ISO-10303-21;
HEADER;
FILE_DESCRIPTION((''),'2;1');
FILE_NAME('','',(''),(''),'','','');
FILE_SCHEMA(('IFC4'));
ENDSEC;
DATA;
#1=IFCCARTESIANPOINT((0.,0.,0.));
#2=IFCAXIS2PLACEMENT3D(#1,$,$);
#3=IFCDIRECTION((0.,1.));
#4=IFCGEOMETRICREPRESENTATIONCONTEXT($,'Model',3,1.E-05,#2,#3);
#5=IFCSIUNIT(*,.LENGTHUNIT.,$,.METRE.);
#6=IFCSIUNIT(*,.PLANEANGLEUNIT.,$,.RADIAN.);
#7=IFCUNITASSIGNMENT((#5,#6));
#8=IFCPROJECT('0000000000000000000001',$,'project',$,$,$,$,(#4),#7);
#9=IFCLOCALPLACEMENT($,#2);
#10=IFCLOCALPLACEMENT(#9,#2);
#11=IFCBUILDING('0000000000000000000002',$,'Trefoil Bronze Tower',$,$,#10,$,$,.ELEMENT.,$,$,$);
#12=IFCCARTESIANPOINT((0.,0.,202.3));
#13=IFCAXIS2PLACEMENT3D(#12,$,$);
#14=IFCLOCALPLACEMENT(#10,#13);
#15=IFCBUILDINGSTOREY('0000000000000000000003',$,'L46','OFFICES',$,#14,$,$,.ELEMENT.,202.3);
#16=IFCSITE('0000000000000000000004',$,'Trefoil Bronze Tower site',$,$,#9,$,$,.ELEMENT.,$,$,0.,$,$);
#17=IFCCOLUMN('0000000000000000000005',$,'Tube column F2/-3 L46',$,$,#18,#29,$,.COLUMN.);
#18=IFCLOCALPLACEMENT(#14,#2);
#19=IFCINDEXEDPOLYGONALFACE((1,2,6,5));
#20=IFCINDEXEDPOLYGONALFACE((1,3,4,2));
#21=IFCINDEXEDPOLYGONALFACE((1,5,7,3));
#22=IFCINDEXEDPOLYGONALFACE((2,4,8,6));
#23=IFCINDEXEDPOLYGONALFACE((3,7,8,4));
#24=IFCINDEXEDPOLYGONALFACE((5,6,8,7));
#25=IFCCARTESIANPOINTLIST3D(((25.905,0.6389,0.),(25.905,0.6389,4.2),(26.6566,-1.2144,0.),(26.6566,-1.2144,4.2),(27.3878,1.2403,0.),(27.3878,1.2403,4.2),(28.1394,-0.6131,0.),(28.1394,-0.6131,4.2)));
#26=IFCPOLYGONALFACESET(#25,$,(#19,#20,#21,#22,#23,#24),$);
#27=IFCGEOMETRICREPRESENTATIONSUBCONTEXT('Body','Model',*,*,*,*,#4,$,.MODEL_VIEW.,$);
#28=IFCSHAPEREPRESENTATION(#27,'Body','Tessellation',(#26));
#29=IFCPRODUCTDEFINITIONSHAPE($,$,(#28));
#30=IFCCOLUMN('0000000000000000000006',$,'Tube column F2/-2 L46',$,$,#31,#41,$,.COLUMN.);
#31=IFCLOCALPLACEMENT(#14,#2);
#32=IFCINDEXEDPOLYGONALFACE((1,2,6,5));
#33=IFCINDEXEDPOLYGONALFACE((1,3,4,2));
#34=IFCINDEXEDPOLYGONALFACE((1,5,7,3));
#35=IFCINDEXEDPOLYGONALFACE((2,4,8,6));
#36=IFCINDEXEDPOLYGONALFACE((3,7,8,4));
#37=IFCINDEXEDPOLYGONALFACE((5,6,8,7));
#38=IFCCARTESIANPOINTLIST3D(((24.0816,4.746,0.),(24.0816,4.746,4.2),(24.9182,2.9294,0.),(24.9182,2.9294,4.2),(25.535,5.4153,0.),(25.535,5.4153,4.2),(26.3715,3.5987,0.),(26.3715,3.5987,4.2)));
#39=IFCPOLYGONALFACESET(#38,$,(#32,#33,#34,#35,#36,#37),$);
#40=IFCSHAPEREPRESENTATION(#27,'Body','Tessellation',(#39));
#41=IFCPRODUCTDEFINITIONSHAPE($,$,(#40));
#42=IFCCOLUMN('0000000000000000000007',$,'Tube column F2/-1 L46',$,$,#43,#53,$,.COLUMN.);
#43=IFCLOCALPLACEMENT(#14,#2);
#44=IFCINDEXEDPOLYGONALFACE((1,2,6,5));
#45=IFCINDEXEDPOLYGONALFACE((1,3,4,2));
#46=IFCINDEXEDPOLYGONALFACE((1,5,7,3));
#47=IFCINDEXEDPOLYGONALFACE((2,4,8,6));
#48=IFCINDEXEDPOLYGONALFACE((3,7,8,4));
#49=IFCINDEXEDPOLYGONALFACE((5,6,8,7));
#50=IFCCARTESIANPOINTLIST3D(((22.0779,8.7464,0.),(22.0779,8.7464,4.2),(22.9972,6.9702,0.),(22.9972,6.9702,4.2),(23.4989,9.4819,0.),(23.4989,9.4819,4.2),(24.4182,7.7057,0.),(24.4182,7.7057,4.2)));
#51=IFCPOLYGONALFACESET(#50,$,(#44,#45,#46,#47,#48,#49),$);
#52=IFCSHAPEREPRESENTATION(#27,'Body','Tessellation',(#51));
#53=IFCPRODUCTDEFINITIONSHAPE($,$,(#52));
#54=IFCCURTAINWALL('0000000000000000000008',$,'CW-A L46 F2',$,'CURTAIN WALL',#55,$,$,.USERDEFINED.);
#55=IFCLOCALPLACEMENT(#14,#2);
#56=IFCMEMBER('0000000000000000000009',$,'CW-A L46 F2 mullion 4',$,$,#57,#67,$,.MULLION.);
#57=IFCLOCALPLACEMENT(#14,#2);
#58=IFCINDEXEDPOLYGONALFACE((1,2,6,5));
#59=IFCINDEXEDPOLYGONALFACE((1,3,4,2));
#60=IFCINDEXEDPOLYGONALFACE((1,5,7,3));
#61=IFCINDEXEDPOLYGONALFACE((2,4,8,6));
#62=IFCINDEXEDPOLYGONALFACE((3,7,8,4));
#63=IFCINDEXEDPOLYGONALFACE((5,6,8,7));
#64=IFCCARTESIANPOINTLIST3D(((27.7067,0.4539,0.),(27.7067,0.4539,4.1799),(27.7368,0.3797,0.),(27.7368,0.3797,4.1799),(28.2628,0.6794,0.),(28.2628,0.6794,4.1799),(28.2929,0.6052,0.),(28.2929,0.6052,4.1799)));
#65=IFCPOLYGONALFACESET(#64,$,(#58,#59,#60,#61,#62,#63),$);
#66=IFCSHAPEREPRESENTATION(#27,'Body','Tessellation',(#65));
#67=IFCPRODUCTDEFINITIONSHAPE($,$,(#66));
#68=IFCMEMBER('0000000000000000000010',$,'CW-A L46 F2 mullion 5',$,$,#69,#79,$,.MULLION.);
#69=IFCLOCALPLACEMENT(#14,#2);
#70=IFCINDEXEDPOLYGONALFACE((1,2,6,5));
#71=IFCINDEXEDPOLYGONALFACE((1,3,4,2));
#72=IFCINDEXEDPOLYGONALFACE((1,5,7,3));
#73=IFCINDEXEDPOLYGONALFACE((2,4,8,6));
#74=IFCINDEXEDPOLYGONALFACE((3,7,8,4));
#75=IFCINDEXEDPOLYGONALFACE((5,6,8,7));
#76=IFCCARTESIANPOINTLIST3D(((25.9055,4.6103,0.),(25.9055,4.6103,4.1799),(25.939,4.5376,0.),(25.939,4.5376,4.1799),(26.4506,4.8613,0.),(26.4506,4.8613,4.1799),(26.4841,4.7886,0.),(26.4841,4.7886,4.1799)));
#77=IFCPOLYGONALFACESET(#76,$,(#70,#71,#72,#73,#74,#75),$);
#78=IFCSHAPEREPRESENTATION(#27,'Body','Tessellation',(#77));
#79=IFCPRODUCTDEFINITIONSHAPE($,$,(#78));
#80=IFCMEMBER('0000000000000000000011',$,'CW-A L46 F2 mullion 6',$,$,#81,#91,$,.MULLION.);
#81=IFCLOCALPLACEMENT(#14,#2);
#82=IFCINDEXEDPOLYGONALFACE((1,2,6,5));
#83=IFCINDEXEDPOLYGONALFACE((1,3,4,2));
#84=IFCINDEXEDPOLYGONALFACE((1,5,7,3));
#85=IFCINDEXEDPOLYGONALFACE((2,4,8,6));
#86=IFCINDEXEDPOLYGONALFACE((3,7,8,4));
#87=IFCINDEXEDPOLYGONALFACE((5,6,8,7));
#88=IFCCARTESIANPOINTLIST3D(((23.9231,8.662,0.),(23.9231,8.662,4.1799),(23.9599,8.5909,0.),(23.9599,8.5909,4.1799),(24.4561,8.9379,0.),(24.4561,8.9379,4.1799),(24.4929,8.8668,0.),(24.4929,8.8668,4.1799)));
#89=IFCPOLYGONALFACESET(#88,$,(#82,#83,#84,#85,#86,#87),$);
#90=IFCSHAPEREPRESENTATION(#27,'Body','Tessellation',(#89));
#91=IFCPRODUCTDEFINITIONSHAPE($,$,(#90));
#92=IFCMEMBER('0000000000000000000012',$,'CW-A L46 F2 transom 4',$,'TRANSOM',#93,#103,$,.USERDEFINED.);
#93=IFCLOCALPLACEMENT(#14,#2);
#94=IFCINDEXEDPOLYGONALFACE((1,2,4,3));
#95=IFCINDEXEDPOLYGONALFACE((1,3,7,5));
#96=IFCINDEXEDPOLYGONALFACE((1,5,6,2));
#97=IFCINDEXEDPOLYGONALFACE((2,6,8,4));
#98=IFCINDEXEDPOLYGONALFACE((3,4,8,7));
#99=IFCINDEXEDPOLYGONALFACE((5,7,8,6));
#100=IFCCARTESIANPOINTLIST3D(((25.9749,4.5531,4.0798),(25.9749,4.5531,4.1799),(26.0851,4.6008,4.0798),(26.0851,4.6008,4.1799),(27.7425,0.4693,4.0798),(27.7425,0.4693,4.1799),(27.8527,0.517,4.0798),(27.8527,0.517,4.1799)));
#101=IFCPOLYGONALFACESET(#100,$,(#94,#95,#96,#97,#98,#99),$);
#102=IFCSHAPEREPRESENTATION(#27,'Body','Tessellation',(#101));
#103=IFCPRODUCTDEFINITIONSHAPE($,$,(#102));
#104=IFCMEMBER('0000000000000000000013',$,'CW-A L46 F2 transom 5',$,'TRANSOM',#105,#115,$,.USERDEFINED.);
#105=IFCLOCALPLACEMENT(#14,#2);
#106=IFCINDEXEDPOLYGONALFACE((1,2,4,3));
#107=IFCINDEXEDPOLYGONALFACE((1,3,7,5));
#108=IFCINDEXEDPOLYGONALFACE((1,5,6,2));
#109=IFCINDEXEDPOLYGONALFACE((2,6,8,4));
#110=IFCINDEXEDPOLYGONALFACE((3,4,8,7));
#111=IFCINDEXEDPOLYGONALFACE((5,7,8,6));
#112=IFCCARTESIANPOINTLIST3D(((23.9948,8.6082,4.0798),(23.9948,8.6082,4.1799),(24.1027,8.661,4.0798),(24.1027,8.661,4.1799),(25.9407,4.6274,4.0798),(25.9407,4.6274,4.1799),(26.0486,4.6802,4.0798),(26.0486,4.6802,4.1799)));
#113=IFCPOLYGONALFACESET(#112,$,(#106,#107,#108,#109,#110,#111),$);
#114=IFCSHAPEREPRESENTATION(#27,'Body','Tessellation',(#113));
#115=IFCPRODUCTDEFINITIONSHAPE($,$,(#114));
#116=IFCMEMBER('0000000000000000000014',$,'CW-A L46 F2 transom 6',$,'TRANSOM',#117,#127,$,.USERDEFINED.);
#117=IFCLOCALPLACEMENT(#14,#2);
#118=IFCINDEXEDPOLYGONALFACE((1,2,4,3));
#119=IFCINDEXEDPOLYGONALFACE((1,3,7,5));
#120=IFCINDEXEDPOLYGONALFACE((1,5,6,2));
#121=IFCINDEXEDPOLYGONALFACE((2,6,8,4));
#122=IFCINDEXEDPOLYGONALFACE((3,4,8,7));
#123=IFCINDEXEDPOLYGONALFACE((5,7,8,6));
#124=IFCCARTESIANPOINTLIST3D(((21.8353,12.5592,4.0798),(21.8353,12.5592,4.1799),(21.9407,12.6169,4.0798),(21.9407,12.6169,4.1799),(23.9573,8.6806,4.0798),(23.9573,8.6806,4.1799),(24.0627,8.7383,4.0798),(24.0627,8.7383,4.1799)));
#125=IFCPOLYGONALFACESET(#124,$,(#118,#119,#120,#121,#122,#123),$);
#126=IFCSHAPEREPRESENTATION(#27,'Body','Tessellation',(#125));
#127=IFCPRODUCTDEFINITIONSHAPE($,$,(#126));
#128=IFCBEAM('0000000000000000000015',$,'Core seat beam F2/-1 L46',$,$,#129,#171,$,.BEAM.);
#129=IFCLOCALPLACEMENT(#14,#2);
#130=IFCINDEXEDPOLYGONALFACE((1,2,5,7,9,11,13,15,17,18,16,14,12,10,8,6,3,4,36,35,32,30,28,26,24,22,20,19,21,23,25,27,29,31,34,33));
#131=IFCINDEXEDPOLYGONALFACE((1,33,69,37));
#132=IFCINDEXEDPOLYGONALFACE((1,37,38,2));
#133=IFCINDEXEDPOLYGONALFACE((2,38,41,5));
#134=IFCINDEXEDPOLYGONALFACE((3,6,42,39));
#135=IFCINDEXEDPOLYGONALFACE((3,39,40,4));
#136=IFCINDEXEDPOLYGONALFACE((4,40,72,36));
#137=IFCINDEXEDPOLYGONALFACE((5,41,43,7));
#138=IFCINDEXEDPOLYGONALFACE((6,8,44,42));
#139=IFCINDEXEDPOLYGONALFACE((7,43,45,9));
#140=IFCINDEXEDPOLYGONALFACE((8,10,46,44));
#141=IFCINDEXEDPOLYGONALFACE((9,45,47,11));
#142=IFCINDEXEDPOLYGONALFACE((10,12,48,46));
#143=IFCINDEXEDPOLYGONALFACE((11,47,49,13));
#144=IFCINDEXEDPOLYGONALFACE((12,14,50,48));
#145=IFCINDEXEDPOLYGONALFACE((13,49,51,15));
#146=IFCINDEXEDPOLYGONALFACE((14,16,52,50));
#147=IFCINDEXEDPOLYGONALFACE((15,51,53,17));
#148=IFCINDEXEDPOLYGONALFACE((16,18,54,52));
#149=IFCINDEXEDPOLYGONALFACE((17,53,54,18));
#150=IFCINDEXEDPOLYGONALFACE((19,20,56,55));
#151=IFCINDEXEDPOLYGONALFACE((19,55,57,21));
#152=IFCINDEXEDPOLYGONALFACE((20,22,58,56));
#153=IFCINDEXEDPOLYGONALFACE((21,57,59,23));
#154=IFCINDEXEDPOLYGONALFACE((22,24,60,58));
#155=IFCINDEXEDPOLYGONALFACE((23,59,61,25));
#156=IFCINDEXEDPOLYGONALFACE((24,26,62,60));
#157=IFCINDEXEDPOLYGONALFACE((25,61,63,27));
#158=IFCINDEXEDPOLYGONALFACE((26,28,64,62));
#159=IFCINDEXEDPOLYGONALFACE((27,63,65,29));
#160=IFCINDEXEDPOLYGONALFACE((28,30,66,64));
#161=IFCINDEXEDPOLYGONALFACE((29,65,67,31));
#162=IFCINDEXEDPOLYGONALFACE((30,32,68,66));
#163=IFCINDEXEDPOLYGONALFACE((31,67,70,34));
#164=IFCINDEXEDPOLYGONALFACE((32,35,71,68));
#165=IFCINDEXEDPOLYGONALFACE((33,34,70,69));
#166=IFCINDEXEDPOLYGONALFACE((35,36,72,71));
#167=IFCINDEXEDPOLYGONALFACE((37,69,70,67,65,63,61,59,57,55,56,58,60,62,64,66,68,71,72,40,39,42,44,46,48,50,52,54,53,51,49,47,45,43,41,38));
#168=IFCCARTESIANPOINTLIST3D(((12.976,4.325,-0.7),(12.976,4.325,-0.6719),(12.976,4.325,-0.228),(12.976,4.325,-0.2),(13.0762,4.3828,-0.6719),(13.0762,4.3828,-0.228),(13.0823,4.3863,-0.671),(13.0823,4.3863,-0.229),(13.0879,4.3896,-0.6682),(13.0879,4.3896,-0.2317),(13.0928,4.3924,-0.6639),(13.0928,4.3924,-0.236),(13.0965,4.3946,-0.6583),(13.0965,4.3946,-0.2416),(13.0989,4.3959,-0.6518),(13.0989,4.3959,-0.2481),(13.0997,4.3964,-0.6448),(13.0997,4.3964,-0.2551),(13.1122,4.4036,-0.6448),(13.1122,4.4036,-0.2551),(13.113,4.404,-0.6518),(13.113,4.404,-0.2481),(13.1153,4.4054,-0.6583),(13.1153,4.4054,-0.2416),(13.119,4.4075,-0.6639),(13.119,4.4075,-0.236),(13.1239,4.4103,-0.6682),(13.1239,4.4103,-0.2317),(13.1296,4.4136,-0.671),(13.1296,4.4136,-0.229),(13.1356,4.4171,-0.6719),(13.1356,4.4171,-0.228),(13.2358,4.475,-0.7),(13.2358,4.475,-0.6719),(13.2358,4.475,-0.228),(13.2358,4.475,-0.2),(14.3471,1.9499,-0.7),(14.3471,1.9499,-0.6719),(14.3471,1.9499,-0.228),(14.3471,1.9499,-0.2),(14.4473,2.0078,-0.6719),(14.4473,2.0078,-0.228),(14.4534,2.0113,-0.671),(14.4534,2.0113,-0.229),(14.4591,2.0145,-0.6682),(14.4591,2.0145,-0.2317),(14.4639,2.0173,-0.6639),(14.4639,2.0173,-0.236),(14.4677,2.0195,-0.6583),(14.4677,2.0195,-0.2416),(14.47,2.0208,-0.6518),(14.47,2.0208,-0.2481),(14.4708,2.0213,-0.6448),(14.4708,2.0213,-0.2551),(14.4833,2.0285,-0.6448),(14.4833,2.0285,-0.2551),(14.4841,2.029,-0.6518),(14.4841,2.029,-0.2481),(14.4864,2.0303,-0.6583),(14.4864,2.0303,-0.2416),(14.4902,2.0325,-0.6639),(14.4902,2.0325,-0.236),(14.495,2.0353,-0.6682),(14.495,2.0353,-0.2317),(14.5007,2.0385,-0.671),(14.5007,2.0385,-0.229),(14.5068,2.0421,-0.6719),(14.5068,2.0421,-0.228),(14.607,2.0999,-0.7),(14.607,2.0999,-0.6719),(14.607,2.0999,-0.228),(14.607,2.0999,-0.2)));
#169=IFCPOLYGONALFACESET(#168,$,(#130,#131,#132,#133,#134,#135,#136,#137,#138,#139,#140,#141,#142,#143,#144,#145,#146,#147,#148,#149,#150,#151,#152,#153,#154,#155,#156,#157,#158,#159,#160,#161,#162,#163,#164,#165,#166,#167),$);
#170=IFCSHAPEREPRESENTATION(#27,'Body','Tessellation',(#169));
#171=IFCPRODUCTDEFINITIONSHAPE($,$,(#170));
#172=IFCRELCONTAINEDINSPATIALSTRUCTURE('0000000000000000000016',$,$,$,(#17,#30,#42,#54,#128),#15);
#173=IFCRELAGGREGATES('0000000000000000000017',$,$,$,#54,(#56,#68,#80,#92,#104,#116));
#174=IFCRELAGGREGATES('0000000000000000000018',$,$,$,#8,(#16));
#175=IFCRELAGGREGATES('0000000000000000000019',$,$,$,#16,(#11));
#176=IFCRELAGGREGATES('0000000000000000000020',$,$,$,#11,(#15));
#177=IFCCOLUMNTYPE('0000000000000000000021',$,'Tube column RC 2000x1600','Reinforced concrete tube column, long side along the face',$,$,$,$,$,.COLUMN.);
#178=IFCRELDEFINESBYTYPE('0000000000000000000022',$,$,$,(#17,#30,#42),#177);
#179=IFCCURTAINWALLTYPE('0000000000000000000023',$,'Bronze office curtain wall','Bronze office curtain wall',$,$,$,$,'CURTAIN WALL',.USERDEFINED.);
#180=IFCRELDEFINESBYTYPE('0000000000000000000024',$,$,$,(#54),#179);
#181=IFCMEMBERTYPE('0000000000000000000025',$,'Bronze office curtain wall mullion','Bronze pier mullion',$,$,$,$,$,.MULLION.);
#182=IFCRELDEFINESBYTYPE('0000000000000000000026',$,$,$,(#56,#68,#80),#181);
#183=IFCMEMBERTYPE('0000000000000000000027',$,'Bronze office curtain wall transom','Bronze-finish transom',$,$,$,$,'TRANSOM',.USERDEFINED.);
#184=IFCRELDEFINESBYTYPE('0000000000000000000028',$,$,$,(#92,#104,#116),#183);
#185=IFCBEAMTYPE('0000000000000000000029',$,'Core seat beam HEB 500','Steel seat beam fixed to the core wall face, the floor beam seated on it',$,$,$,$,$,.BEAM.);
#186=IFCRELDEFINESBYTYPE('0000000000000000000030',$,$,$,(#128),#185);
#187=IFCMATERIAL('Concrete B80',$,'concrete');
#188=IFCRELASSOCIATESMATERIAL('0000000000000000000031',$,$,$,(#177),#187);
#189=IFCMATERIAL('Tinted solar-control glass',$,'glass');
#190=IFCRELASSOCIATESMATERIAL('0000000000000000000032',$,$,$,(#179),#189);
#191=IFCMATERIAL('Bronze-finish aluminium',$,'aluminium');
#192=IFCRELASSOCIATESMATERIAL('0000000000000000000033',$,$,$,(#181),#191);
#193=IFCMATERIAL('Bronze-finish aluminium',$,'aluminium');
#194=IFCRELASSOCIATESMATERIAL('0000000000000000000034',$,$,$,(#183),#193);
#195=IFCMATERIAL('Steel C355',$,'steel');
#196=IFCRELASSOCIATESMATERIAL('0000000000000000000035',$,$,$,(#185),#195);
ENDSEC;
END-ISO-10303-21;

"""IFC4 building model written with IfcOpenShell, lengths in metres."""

from ifc_helpers import new_model, si_unit, direction, frame, origin, origin_2d, place, context, subcontext, project, spatial, rectangle, i_section, extrude, material, material_profile, profile_set, type_object, element, aggregate, save


model = new_model("IFC4")

# Units and contexts
model_context = context("Model", 3, precision=1e-05, world=origin(), true_north=direction((0.0, 1.0)))
body_context = subcontext(model_context, "Body", "Model", "MODEL_VIEW")
ifc_project = project(units=[si_unit("LENGTHUNIT", "METRE"), si_unit("PLANEANGLEUNIT", "RADIAN")], contexts=[model_context])

# Site, building, storey
site_placement = place(None, origin())
site = spatial("IfcSite", under=ifc_project, at=site_placement, Name="Trefoil Bronze Tower site", CompositionType="ELEMENT", RefElevation=0.0)
building_placement = place(site_placement, origin())
building = spatial("IfcBuilding", under=site, at=building_placement, Name="Trefoil Bronze Tower", CompositionType="ELEMENT")
storey_placement = place(building_placement, frame((0.0, 0.0, 202.3)))
storey = spatial("IfcBuildingStorey", under=building, at=storey_placement, Name="L46", Description="OFFICES", CompositionType="ELEMENT", Elevation=202.3)

# Columns
ifc_material_1 = material(Name="Concrete B80", Category="concrete")
ifc_material_profile_1 = material_profile(ifc_material_1, rectangle(XDim=2.0, YDim=1.6001, at=origin_2d()), Name="RC 2000x1600")
ifc_profile_set_1 = profile_set([ifc_material_profile_1], Name="Concrete B80")
column_type = type_object("IfcColumnType", Name="Tube column RC 2000x1600", Description="Reinforced concrete tube column, long side along the face", PredefinedType="COLUMN", material=ifc_profile_set_1)
for number, where, z_axis, x_axis, name in (
    (1, (27.0222, 0.0129, 0.0), (0.0, 0.0, 1.0), (-0.375828, 0.926689, 0.0), "Tube column F2/-3 L46"),
    (2, (25.2266, 4.1724, 0.0), (0.0, 0.0, 1.0), (-0.418286, 0.908315, 0.0), "Tube column F2/-2 L46"),
    (3, (23.248, 8.2261, 0.0), (0.0, 0.0, 1.0), (-0.459673, 0.888088, 0.0), "Tube column F2/-1 L46"),
):
    element("IfcColumn", number, at=place(storey_placement, frame(where, z_axis=z_axis, x_axis=x_axis)), inside=storey, type_object=column_type, Name=name, PredefinedType="COLUMN", context=body_context, shape_type="SweptSolid", body=[
        extrude(rectangle(XDim=2.0, YDim=1.6001, at=origin_2d()), origin(), (0.0, 0.0, 1.0), 4.2),
    ])

# Curtain wall, members
ifc_material_2 = material(Name="Tinted solar-control glass", Category="glass")
curtain_wall_type = type_object("IfcCurtainWallType", Name="Bronze office curtain wall", Description="Bronze office curtain wall", ElementType="CURTAIN WALL", PredefinedType="USERDEFINED", material=ifc_material_2)
curtain_wall_placement = place(storey_placement, origin())
curtain_wall = element("IfcCurtainWall", 4, at=curtain_wall_placement, inside=storey, type_object=curtain_wall_type, Name="CW-A L46 F2", ObjectType="CURTAIN WALL", PredefinedType="USERDEFINED")
ifc_material_3 = material(Name="Bronze-finish aluminium", Category="aluminium")
ifc_material_profile_2 = material_profile(ifc_material_3, rectangle(XDim=0.6001, YDim=0.0801, at=origin_2d()), Name="CW-A mullion")
ifc_profile_set_2 = profile_set([ifc_material_profile_2], Name="Bronze-finish aluminium")
member_type_1 = type_object("IfcMemberType", Name="Bronze office curtain wall mullion", Description="Bronze pier mullion", PredefinedType="MULLION", material=ifc_profile_set_2)
member_1_placement = place(storey_placement, frame((27.9998, 0.5295, 0.0), z_axis=(0.0, 0.0, 1.0), x_axis=(-0.926689, -0.375828, 0.0)))
member_1 = element("IfcMember", 5, at=member_1_placement, type_object=member_type_1, Name="CW-A L46 F2 mullion 4", PredefinedType="MULLION", context=body_context, shape_type="SweptSolid", body=[
    extrude(rectangle(XDim=0.6001, YDim=0.0801, at=origin_2d()), origin(), (0.0, 0.0, 1.0), 4.1799),
])
member_2_placement = place(storey_placement, frame((26.1948, 4.6995, 0.0), z_axis=(0.0, 0.0, 1.0), x_axis=(-0.908315, -0.418286, 0.0)))
member_2 = element("IfcMember", 6, at=member_2_placement, type_object=member_type_1, Name="CW-A L46 F2 mullion 5", PredefinedType="MULLION", context=body_context, shape_type="SweptSolid", body=[
    extrude(rectangle(XDim=0.6001, YDim=0.0801, at=origin_2d()), origin(), (0.0, 0.0, 1.0), 4.1799),
])
member_3_placement = place(storey_placement, frame((24.208, 8.7644, 0.0), z_axis=(0.0, 0.0, 1.0), x_axis=(-0.888088, -0.459673, 0.0)))
member_3 = element("IfcMember", 7, at=member_3_placement, type_object=member_type_1, Name="CW-A L46 F2 mullion 6", PredefinedType="MULLION", context=body_context, shape_type="SweptSolid", body=[
    extrude(rectangle(XDim=0.6001, YDim=0.0801, at=origin_2d()), origin(), (0.0, 0.0, 1.0), 4.1799),
])
ifc_material_4 = material(Name="Bronze-finish aluminium", Category="aluminium")
ifc_material_profile_3 = material_profile(ifc_material_4, rectangle(XDim=0.1201, YDim=0.1001, at=origin_2d()), Name="CW-A transom")
ifc_profile_set_3 = profile_set([ifc_material_profile_3], Name="Bronze-finish aluminium")
member_type_2 = type_object("IfcMemberType", Name="Bronze office curtain wall transom", Description="Bronze-finish transom", ElementType="TRANSOM", PredefinedType="USERDEFINED", material=ifc_profile_set_3)
member_4_placement = place(storey_placement, frame((27.7976, 0.4932, 4.1299), z_axis=(-0.397221, 0.917723, 0.0), x_axis=(-0.917723, -0.397221, 0.0)))
member_4 = element("IfcMember", 8, at=member_4_placement, type_object=member_type_2, Name="CW-A L46 F2 transom 4", ObjectType="TRANSOM", PredefinedType="USERDEFINED", context=body_context, shape_type="SweptSolid", body=[
    extrude(rectangle(XDim=0.1201, YDim=0.1001, at=origin_2d()), origin(), (0.0, 0.0, 1.0), 4.45),
])
member_5_placement = place(storey_placement, frame((25.9946, 4.6538, 4.1299), z_axis=(-0.439151, 0.898413, 0.0), x_axis=(-0.898413, -0.439151, 0.0)))
member_5 = element("IfcMember", 9, at=member_5_placement, type_object=member_type_2, Name="CW-A L46 F2 transom 5", ObjectType="TRANSOM", PredefinedType="USERDEFINED", context=body_context, shape_type="SweptSolid", body=[
    extrude(rectangle(XDim=0.1201, YDim=0.1001, at=origin_2d()), origin(), (0.0, 0.0, 1.0), 4.4309),
])
member_6_placement = place(storey_placement, frame((24.01, 8.7095, 4.1299), z_axis=(-0.479974, 0.877283, 0.0), x_axis=(-0.877283, -0.479974, 0.0)))
member_6 = element("IfcMember", 10, at=member_6_placement, type_object=member_type_2, Name="CW-A L46 F2 transom 6", ObjectType="TRANSOM", PredefinedType="USERDEFINED", context=body_context, shape_type="SweptSolid", body=[
    extrude(rectangle(XDim=0.1201, YDim=0.1001, at=origin_2d()), origin(), (0.0, 0.0, 1.0), 4.4211),
])

# Beam
ifc_material_5 = material(Name="Steel C355", Category="steel")
ifc_material_profile_4 = material_profile(ifc_material_5, i_section(OverallWidth=0.3, OverallDepth=0.5, WebThickness=0.0144, FlangeThickness=0.0281, FilletRadius=0.0271, at=origin_2d()), Name="HEB 500")
ifc_profile_set_4 = profile_set([ifc_material_profile_4], Name="Steel C355")
beam_type_1 = type_object("IfcBeamType", Name="Core seat beam HEB 500", Description="Steel seat beam fixed to the core wall face, the floor beam seated on it", PredefinedType="BEAM", material=ifc_profile_set_4)
for number, where, z_axis, x_axis, name in (
    (11, (14.4771, 2.0249, -0.45), (-0.499969, 0.866043, 0.0), (-0.866043, -0.499969, 0.0), "Core seat beam F2/-1 L46"),
):
    element("IfcBeam", number, at=place(storey_placement, frame(where, z_axis=z_axis, x_axis=x_axis)), inside=storey, type_object=beam_type_1, Name=name, PredefinedType="BEAM", context=body_context, shape_type="SweptSolid", body=[
        extrude(i_section(OverallWidth=0.3, OverallDepth=0.5, WebThickness=0.0144, FlangeThickness=0.0281, FilletRadius=0.0271, at=origin_2d()), origin(), (0.0, 0.0, 1.0), 2.7424),
    ])

aggregate(curtain_wall, [member_1, member_2, member_3, member_4, member_5, member_6])

save(model, "model.ifc")
